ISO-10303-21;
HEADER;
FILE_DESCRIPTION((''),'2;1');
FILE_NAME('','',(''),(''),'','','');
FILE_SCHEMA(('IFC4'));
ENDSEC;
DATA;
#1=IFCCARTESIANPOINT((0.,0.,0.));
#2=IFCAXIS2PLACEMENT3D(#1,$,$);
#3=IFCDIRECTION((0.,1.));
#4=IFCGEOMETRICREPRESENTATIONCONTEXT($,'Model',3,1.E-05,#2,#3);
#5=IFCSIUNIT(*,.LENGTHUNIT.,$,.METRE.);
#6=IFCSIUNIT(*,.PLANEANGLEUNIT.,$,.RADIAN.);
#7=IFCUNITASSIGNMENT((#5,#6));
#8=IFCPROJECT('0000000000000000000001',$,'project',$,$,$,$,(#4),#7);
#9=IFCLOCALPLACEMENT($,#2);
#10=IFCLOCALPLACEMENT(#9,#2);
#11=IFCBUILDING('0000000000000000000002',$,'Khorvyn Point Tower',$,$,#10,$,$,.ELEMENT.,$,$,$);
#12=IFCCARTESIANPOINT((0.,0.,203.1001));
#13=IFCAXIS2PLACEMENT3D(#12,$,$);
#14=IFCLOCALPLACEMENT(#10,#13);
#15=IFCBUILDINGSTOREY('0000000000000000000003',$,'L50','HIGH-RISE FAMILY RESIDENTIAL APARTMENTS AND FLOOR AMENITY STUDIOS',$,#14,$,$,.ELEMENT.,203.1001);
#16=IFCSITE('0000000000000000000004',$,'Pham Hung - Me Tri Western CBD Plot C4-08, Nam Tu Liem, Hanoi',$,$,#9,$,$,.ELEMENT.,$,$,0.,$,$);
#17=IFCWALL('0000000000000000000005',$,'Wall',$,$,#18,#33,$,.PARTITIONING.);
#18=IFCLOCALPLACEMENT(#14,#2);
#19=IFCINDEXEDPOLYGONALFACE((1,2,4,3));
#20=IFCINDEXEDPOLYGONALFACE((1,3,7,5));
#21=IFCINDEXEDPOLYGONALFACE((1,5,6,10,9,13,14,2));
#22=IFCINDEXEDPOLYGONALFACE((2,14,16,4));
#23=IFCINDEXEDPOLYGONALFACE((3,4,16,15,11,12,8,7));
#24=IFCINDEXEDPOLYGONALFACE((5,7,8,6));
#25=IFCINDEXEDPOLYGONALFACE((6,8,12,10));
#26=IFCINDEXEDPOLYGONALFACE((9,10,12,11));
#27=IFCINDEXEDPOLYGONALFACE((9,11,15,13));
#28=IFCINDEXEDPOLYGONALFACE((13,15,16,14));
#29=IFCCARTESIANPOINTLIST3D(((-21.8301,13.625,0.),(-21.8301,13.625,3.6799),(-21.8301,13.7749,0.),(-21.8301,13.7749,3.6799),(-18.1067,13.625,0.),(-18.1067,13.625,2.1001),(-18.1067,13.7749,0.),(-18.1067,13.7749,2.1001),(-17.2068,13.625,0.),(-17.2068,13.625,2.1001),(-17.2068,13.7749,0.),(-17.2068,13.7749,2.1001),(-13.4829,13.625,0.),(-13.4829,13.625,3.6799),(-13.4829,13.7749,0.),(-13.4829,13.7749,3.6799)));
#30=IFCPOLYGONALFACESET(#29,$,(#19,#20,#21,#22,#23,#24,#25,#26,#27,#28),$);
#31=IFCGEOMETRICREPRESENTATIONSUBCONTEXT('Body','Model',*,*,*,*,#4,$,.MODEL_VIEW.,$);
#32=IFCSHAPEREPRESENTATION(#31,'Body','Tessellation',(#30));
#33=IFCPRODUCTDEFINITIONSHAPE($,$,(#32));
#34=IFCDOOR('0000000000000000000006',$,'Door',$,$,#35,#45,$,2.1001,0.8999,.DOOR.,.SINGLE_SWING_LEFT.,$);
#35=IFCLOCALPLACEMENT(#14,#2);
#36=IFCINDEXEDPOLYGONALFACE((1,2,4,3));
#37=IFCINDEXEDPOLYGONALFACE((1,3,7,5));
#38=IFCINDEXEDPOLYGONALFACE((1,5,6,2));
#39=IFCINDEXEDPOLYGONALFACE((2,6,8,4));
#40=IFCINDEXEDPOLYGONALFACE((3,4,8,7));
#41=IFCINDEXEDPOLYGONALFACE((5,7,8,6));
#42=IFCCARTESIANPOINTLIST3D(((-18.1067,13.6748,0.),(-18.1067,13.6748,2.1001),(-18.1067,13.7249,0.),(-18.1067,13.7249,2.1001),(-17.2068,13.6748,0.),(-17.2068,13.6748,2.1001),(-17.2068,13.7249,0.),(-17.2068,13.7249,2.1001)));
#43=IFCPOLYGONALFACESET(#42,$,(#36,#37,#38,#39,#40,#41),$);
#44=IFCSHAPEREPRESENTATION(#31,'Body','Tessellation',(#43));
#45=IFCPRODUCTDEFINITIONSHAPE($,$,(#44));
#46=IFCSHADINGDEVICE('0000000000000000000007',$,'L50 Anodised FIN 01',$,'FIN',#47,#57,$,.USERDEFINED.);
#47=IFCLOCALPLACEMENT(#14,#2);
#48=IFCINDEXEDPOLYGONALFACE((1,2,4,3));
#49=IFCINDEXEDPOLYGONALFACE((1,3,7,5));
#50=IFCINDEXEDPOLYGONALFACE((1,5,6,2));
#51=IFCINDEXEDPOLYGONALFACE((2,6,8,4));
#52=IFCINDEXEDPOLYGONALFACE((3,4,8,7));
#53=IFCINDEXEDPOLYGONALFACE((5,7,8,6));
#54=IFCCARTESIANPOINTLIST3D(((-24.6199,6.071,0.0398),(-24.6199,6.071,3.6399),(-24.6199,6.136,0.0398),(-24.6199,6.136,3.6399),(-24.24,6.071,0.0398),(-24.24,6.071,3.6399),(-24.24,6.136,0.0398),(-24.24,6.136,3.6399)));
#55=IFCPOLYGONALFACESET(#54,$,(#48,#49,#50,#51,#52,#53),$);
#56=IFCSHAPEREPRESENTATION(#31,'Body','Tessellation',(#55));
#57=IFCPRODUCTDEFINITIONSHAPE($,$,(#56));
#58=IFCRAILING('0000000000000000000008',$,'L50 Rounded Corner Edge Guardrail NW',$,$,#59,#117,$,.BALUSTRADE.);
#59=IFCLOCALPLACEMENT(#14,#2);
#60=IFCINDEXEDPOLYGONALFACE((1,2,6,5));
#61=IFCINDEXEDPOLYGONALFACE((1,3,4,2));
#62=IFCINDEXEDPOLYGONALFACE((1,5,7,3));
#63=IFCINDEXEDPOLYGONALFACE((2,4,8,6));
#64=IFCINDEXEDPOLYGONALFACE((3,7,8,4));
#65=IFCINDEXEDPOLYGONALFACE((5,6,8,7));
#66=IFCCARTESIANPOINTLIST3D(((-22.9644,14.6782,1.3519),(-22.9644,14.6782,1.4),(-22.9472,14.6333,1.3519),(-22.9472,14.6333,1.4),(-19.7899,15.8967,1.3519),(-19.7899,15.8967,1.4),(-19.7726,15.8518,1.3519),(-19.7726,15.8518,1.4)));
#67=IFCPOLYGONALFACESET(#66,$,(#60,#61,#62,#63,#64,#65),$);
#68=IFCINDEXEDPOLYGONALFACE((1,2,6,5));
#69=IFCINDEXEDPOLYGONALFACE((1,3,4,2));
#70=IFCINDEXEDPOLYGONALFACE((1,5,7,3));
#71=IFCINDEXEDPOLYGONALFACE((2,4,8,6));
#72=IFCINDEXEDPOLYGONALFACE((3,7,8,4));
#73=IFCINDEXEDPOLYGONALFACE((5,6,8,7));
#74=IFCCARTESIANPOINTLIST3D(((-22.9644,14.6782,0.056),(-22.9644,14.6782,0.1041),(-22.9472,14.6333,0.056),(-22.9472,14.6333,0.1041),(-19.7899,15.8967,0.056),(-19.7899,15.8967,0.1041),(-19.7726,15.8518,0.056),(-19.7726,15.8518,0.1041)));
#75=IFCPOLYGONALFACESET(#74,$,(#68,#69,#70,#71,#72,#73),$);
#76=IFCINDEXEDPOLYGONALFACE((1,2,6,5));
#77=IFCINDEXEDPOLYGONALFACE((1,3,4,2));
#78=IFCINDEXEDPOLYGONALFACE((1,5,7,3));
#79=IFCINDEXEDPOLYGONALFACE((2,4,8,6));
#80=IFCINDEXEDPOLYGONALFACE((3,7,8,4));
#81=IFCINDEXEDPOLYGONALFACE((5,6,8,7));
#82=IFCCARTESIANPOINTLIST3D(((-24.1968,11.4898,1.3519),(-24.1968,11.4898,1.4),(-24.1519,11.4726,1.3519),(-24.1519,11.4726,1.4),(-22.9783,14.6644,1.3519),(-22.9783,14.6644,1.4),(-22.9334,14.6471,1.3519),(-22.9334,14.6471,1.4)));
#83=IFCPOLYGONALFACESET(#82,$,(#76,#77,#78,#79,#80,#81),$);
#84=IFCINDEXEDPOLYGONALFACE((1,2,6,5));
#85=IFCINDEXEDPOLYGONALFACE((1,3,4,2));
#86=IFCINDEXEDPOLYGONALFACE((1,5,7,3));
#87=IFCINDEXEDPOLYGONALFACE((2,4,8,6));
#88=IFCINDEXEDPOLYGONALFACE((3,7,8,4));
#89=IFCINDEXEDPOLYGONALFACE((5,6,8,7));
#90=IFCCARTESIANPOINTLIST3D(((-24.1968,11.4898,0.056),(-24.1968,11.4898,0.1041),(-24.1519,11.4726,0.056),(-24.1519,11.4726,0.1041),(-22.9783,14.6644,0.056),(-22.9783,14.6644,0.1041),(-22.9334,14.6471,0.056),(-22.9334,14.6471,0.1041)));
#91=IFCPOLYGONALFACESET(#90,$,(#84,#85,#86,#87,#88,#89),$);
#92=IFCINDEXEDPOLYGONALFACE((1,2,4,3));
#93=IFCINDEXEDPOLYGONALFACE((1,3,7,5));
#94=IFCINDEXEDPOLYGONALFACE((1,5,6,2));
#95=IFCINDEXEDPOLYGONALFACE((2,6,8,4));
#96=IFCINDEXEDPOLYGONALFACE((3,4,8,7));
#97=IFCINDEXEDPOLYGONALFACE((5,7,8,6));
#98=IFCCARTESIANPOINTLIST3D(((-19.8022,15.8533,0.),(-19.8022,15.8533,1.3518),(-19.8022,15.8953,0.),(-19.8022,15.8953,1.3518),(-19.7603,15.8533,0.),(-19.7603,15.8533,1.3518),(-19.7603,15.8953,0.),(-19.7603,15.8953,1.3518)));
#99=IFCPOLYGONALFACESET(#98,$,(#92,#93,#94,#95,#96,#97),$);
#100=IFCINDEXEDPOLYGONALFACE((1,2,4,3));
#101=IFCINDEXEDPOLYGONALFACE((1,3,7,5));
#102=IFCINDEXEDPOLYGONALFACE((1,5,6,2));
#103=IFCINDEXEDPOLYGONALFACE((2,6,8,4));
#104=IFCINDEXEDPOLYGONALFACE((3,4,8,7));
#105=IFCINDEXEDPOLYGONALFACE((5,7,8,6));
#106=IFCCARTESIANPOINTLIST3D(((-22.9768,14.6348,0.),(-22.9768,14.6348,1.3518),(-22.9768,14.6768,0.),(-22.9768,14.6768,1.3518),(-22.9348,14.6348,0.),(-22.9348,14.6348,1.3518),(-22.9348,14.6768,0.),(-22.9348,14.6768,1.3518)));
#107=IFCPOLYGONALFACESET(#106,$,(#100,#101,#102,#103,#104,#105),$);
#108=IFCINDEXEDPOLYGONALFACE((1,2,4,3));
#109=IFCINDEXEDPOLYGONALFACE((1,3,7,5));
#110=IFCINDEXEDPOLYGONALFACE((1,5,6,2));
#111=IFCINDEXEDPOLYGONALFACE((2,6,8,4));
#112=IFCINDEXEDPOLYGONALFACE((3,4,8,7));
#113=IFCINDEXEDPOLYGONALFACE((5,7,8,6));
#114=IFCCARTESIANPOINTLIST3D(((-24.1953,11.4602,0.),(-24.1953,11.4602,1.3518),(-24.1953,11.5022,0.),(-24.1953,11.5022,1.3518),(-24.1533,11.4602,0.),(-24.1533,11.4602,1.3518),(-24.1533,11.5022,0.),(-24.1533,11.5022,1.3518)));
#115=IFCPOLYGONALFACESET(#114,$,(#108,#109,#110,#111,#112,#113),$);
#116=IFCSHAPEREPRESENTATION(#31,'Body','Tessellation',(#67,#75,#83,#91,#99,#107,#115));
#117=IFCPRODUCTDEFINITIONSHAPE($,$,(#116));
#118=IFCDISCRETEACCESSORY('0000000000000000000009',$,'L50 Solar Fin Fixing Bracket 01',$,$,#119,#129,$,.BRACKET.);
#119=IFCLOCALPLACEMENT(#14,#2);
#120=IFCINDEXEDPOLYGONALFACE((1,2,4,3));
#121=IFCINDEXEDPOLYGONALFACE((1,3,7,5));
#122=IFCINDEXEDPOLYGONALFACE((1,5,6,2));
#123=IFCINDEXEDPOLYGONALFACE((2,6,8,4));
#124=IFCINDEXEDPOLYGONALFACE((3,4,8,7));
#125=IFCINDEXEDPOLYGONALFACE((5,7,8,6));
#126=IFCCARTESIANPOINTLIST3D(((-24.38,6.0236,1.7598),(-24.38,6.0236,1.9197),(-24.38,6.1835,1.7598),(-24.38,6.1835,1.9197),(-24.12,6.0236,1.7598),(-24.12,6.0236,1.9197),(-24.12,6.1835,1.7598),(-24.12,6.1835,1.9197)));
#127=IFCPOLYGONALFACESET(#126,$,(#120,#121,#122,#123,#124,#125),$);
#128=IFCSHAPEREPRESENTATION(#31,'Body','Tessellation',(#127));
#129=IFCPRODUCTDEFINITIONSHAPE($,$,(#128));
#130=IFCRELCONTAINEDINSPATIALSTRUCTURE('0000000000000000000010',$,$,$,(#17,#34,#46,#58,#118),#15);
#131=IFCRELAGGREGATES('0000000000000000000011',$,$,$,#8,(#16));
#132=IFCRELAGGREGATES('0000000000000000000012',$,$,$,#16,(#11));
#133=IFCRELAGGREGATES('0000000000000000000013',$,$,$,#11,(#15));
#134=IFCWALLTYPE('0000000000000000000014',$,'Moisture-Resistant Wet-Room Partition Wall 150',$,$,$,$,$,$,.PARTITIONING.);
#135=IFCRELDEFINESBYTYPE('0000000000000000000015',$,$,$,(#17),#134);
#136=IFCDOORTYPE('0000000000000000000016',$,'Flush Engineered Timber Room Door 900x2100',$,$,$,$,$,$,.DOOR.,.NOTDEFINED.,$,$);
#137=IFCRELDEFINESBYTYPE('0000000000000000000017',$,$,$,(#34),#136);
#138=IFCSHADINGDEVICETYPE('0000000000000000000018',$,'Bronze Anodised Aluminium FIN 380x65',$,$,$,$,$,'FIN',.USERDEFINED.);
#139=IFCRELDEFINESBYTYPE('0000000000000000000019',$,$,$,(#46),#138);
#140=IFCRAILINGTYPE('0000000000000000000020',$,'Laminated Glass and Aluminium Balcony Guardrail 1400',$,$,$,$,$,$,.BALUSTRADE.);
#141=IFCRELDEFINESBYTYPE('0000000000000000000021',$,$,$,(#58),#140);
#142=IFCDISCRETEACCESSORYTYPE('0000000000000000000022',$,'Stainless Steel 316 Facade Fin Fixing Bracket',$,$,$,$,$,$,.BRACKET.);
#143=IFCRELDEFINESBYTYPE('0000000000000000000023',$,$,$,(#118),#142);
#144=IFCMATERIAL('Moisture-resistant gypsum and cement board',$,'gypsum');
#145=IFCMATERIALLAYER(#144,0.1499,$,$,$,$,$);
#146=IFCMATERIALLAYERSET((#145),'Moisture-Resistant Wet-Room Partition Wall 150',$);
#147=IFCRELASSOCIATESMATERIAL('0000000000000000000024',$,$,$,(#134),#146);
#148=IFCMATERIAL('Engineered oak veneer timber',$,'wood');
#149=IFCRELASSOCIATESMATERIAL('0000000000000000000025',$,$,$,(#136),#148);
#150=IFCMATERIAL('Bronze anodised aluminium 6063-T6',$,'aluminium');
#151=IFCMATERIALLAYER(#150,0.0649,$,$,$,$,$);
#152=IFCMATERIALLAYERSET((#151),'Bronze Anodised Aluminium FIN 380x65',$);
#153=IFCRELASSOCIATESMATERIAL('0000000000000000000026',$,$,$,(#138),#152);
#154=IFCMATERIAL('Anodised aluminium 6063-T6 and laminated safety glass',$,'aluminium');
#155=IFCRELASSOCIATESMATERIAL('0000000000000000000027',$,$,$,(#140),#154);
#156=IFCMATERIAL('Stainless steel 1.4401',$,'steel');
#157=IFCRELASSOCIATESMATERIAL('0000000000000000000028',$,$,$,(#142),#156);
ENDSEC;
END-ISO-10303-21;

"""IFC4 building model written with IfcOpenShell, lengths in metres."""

from ifc_helpers import new_model, si_unit, direction, frame, frame_2d, origin, origin_2d, place, context, subcontext, project, spatial, rectangle, extrude, material, layer, layer_set, type_object, element, fill, save


model = new_model("IFC4")

# Units and contexts
model_context = context("Model", 3, precision=1e-05, world=origin(), true_north=direction((0.0, 1.0)))
body_context = subcontext(model_context, "Body", "Model", "MODEL_VIEW")
ifc_project = project(units=[si_unit("LENGTHUNIT", "METRE"), si_unit("PLANEANGLEUNIT", "RADIAN")], contexts=[model_context])

# Site, building, storey
site_placement = place(None, origin())
site = spatial("IfcSite", under=ifc_project, at=site_placement, Name="Pham Hung - Me Tri Western CBD Plot C4-08, Nam Tu Liem, Hanoi", CompositionType="ELEMENT", RefElevation=0.0)
building_placement = place(site_placement, origin())
building = spatial("IfcBuilding", under=site, at=building_placement, Name="Khorvyn Point Tower", CompositionType="ELEMENT")
storey_placement = place(building_placement, frame((0.0, 0.0, 203.1001)))
storey = spatial("IfcBuildingStorey", under=building, at=storey_placement, Name="L50", Description="HIGH-RISE FAMILY RESIDENTIAL APARTMENTS AND FLOOR AMENITY STUDIOS", CompositionType="ELEMENT", Elevation=203.1001)

# Wall, opening, door
ifc_material_1 = material(Name="Moisture-resistant gypsum and cement board", Category="gypsum")
ifc_layer_1 = layer(ifc_material_1, 0.1499)
ifc_layer_set_1 = layer_set([ifc_layer_1], Name="Moisture-Resistant Wet-Room Partition Wall 150")
wall_type_1 = type_object("IfcWallType", Name="Moisture-Resistant Wet-Room Partition Wall 150", PredefinedType="PARTITIONING", material=ifc_layer_set_1)
wall_1_placement = place(storey_placement, frame((-21.8301, 13.7, 0.0), z_axis=(0.0, 0.0, 1.0), x_axis=(1.0, 0.0, 0.0)))
wall_1 = element("IfcWall", 1, at=wall_1_placement, inside=storey, type_object=wall_type_1, Name="Wall", PredefinedType="PARTITIONING", context=body_context, shape_type="SweptSolid", body=[
    extrude(rectangle(XDim=8.3472, YDim=0.1499, at=frame_2d((4.1736, 0.0))), origin(), (0.0, 0.0, 1.0), 3.6799),
])
opening_1_placement = place(wall_1_placement, frame((3.7234, 0.0, 0.0)))
opening_1 = element("IfcOpeningElement", 2, at=opening_1_placement, cuts=wall_1, PredefinedType="OPENING", context=body_context, shape_type="SweptSolid", body=[
    extrude(rectangle(XDim=0.8999, YDim=2.1001, at=frame_2d((0.45, 1.05))), frame((0.0, 0.085, 0.0), z_axis=(0.0, -1.0, 0.0), x_axis=(1.0, 0.0, 0.0)), (0.0, 0.0, 1.0), 0.1699),
])
ifc_material_2 = material(Name="Engineered oak veneer timber", Category="wood")
door_type = type_object("IfcDoorType", Name="Flush Engineered Timber Room Door 900x2100", OperationType="NOTDEFINED", PredefinedType="DOOR", material=ifc_material_2)
door_placement = place(opening_1_placement, origin())
door = element("IfcDoor", 3, at=door_placement, inside=storey, type_object=door_type, Name="Door", OperationType="SINGLE_SWING_LEFT", OverallHeight=2.1001, OverallWidth=0.8999, PredefinedType="DOOR", context=body_context, shape_type="SweptSolid", body=[
    extrude(rectangle(XDim=0.8999, YDim=2.1001, at=frame_2d((0.45, 1.05))), frame((0.0, 0.0249, 0.0), z_axis=(0.0, -1.0, 0.0), x_axis=(1.0, 0.0, 0.0)), (0.0, 0.0, 1.0), 0.05),
])
fill(opening_1, door)

# Shading device
ifc_material_3 = material(Name="Bronze anodised aluminium 6063-T6", Category="aluminium")
ifc_layer_2 = layer(ifc_material_3, 0.0649)
ifc_layer_set_2 = layer_set([ifc_layer_2], Name="Bronze Anodised Aluminium FIN 380x65")
shading_device_type = type_object("IfcShadingDeviceType", Name="Bronze Anodised Aluminium FIN 380x65", ElementType="FIN", PredefinedType="USERDEFINED", material=ifc_layer_set_2)
shading_device_placement = place(storey_placement, frame((-24.4299, 6.1035, 0.0398), z_axis=(0.0, 0.0, 1.0), x_axis=(-1.0, 0.0, 0.0)))
element("IfcShadingDevice", 4, at=shading_device_placement, inside=storey, type_object=shading_device_type, Name="L50 Anodised FIN 01", ObjectType="FIN", PredefinedType="USERDEFINED", context=body_context, shape_type="SweptSolid", body=[
    extrude(rectangle(XDim=0.3799, YDim=0.0649, at=origin_2d()), origin(), (0.0, 0.0, 1.0), 3.6001),
])

# Railing
ifc_material_4 = material(Name="Anodised aluminium 6063-T6 and laminated safety glass", Category="aluminium")
railing_type = type_object("IfcRailingType", Name="Laminated Glass and Aluminium Balcony Guardrail 1400", PredefinedType="BALUSTRADE", material=ifc_material_4)
railing_1_placement = place(storey_placement, frame((-19.7812, 15.8743, 0.0)))
element("IfcRailing", 5, at=railing_1_placement, inside=storey, type_object=railing_type, Name="L50 Rounded Corner Edge Guardrail NW", PredefinedType="BALUSTRADE", context=body_context, shape_type="SweptSolid", body=[
    extrude(rectangle(XDim=0.0481, YDim=0.0481, at=origin_2d()), frame((0.0, 0.0, 1.376), z_axis=(-0.93359, -0.358344, 0.0), x_axis=(0.358344, -0.93359, 0.0)), (0.0, 0.0, 1.0), 3.4004),
    extrude(rectangle(XDim=0.0481, YDim=0.0481, at=origin_2d()), frame((0.0, 0.0, 0.0801), z_axis=(-0.93359, -0.358344, 0.0), x_axis=(0.358344, -0.93359, 0.0)), (0.0, 0.0, 1.0), 3.4004),
    extrude(rectangle(XDim=0.0481, YDim=0.0481, at=origin_2d()), frame((-3.1746, -1.2185, 1.376), z_axis=(-0.358344, -0.93359, 0.0), x_axis=(0.93359, -0.358344, 0.0)), (0.0, 0.0, 1.0), 3.4004),
    extrude(rectangle(XDim=0.0481, YDim=0.0481, at=origin_2d()), frame((-3.1746, -1.2185, 0.0801), z_axis=(-0.358344, -0.93359, 0.0), x_axis=(0.93359, -0.358344, 0.0)), (0.0, 0.0, 1.0), 3.4004),
    extrude(rectangle(XDim=0.042, YDim=0.042, at=origin_2d()), origin(), (0.0, 0.0, 1.0), 1.3518),
    extrude(rectangle(XDim=0.042, YDim=0.042, at=origin_2d()), frame((-3.1746, -1.2185, 0.0)), (0.0, 0.0, 1.0), 1.3518),
    extrude(rectangle(XDim=0.042, YDim=0.042, at=origin_2d()), frame((-4.3931, -4.3931, 0.0)), (0.0, 0.0, 1.0), 1.3518),
])

# Discrete accessory
ifc_material_5 = material(Name="Stainless steel 1.4401", Category="steel")
discrete_accessory_type = type_object("IfcDiscreteAccessoryType", Name="Stainless Steel 316 Facade Fin Fixing Bracket", PredefinedType="BRACKET", material=ifc_material_5)
discrete_accessory_placement = place(storey_placement, frame((-24.25, 6.1035, 1.7598), z_axis=(0.0, 0.0, 1.0), x_axis=(0.0, 1.0, 0.0)))
element("IfcDiscreteAccessory", 6, at=discrete_accessory_placement, inside=storey, type_object=discrete_accessory_type, Name="L50 Solar Fin Fixing Bracket 01", PredefinedType="BRACKET", context=body_context, shape_type="SweptSolid", body=[
    extrude(rectangle(XDim=0.1599, YDim=0.26, at=origin_2d()), origin(), (0.0, 0.0, 1.0), 0.1599),
])

save(model, "model.ifc")
